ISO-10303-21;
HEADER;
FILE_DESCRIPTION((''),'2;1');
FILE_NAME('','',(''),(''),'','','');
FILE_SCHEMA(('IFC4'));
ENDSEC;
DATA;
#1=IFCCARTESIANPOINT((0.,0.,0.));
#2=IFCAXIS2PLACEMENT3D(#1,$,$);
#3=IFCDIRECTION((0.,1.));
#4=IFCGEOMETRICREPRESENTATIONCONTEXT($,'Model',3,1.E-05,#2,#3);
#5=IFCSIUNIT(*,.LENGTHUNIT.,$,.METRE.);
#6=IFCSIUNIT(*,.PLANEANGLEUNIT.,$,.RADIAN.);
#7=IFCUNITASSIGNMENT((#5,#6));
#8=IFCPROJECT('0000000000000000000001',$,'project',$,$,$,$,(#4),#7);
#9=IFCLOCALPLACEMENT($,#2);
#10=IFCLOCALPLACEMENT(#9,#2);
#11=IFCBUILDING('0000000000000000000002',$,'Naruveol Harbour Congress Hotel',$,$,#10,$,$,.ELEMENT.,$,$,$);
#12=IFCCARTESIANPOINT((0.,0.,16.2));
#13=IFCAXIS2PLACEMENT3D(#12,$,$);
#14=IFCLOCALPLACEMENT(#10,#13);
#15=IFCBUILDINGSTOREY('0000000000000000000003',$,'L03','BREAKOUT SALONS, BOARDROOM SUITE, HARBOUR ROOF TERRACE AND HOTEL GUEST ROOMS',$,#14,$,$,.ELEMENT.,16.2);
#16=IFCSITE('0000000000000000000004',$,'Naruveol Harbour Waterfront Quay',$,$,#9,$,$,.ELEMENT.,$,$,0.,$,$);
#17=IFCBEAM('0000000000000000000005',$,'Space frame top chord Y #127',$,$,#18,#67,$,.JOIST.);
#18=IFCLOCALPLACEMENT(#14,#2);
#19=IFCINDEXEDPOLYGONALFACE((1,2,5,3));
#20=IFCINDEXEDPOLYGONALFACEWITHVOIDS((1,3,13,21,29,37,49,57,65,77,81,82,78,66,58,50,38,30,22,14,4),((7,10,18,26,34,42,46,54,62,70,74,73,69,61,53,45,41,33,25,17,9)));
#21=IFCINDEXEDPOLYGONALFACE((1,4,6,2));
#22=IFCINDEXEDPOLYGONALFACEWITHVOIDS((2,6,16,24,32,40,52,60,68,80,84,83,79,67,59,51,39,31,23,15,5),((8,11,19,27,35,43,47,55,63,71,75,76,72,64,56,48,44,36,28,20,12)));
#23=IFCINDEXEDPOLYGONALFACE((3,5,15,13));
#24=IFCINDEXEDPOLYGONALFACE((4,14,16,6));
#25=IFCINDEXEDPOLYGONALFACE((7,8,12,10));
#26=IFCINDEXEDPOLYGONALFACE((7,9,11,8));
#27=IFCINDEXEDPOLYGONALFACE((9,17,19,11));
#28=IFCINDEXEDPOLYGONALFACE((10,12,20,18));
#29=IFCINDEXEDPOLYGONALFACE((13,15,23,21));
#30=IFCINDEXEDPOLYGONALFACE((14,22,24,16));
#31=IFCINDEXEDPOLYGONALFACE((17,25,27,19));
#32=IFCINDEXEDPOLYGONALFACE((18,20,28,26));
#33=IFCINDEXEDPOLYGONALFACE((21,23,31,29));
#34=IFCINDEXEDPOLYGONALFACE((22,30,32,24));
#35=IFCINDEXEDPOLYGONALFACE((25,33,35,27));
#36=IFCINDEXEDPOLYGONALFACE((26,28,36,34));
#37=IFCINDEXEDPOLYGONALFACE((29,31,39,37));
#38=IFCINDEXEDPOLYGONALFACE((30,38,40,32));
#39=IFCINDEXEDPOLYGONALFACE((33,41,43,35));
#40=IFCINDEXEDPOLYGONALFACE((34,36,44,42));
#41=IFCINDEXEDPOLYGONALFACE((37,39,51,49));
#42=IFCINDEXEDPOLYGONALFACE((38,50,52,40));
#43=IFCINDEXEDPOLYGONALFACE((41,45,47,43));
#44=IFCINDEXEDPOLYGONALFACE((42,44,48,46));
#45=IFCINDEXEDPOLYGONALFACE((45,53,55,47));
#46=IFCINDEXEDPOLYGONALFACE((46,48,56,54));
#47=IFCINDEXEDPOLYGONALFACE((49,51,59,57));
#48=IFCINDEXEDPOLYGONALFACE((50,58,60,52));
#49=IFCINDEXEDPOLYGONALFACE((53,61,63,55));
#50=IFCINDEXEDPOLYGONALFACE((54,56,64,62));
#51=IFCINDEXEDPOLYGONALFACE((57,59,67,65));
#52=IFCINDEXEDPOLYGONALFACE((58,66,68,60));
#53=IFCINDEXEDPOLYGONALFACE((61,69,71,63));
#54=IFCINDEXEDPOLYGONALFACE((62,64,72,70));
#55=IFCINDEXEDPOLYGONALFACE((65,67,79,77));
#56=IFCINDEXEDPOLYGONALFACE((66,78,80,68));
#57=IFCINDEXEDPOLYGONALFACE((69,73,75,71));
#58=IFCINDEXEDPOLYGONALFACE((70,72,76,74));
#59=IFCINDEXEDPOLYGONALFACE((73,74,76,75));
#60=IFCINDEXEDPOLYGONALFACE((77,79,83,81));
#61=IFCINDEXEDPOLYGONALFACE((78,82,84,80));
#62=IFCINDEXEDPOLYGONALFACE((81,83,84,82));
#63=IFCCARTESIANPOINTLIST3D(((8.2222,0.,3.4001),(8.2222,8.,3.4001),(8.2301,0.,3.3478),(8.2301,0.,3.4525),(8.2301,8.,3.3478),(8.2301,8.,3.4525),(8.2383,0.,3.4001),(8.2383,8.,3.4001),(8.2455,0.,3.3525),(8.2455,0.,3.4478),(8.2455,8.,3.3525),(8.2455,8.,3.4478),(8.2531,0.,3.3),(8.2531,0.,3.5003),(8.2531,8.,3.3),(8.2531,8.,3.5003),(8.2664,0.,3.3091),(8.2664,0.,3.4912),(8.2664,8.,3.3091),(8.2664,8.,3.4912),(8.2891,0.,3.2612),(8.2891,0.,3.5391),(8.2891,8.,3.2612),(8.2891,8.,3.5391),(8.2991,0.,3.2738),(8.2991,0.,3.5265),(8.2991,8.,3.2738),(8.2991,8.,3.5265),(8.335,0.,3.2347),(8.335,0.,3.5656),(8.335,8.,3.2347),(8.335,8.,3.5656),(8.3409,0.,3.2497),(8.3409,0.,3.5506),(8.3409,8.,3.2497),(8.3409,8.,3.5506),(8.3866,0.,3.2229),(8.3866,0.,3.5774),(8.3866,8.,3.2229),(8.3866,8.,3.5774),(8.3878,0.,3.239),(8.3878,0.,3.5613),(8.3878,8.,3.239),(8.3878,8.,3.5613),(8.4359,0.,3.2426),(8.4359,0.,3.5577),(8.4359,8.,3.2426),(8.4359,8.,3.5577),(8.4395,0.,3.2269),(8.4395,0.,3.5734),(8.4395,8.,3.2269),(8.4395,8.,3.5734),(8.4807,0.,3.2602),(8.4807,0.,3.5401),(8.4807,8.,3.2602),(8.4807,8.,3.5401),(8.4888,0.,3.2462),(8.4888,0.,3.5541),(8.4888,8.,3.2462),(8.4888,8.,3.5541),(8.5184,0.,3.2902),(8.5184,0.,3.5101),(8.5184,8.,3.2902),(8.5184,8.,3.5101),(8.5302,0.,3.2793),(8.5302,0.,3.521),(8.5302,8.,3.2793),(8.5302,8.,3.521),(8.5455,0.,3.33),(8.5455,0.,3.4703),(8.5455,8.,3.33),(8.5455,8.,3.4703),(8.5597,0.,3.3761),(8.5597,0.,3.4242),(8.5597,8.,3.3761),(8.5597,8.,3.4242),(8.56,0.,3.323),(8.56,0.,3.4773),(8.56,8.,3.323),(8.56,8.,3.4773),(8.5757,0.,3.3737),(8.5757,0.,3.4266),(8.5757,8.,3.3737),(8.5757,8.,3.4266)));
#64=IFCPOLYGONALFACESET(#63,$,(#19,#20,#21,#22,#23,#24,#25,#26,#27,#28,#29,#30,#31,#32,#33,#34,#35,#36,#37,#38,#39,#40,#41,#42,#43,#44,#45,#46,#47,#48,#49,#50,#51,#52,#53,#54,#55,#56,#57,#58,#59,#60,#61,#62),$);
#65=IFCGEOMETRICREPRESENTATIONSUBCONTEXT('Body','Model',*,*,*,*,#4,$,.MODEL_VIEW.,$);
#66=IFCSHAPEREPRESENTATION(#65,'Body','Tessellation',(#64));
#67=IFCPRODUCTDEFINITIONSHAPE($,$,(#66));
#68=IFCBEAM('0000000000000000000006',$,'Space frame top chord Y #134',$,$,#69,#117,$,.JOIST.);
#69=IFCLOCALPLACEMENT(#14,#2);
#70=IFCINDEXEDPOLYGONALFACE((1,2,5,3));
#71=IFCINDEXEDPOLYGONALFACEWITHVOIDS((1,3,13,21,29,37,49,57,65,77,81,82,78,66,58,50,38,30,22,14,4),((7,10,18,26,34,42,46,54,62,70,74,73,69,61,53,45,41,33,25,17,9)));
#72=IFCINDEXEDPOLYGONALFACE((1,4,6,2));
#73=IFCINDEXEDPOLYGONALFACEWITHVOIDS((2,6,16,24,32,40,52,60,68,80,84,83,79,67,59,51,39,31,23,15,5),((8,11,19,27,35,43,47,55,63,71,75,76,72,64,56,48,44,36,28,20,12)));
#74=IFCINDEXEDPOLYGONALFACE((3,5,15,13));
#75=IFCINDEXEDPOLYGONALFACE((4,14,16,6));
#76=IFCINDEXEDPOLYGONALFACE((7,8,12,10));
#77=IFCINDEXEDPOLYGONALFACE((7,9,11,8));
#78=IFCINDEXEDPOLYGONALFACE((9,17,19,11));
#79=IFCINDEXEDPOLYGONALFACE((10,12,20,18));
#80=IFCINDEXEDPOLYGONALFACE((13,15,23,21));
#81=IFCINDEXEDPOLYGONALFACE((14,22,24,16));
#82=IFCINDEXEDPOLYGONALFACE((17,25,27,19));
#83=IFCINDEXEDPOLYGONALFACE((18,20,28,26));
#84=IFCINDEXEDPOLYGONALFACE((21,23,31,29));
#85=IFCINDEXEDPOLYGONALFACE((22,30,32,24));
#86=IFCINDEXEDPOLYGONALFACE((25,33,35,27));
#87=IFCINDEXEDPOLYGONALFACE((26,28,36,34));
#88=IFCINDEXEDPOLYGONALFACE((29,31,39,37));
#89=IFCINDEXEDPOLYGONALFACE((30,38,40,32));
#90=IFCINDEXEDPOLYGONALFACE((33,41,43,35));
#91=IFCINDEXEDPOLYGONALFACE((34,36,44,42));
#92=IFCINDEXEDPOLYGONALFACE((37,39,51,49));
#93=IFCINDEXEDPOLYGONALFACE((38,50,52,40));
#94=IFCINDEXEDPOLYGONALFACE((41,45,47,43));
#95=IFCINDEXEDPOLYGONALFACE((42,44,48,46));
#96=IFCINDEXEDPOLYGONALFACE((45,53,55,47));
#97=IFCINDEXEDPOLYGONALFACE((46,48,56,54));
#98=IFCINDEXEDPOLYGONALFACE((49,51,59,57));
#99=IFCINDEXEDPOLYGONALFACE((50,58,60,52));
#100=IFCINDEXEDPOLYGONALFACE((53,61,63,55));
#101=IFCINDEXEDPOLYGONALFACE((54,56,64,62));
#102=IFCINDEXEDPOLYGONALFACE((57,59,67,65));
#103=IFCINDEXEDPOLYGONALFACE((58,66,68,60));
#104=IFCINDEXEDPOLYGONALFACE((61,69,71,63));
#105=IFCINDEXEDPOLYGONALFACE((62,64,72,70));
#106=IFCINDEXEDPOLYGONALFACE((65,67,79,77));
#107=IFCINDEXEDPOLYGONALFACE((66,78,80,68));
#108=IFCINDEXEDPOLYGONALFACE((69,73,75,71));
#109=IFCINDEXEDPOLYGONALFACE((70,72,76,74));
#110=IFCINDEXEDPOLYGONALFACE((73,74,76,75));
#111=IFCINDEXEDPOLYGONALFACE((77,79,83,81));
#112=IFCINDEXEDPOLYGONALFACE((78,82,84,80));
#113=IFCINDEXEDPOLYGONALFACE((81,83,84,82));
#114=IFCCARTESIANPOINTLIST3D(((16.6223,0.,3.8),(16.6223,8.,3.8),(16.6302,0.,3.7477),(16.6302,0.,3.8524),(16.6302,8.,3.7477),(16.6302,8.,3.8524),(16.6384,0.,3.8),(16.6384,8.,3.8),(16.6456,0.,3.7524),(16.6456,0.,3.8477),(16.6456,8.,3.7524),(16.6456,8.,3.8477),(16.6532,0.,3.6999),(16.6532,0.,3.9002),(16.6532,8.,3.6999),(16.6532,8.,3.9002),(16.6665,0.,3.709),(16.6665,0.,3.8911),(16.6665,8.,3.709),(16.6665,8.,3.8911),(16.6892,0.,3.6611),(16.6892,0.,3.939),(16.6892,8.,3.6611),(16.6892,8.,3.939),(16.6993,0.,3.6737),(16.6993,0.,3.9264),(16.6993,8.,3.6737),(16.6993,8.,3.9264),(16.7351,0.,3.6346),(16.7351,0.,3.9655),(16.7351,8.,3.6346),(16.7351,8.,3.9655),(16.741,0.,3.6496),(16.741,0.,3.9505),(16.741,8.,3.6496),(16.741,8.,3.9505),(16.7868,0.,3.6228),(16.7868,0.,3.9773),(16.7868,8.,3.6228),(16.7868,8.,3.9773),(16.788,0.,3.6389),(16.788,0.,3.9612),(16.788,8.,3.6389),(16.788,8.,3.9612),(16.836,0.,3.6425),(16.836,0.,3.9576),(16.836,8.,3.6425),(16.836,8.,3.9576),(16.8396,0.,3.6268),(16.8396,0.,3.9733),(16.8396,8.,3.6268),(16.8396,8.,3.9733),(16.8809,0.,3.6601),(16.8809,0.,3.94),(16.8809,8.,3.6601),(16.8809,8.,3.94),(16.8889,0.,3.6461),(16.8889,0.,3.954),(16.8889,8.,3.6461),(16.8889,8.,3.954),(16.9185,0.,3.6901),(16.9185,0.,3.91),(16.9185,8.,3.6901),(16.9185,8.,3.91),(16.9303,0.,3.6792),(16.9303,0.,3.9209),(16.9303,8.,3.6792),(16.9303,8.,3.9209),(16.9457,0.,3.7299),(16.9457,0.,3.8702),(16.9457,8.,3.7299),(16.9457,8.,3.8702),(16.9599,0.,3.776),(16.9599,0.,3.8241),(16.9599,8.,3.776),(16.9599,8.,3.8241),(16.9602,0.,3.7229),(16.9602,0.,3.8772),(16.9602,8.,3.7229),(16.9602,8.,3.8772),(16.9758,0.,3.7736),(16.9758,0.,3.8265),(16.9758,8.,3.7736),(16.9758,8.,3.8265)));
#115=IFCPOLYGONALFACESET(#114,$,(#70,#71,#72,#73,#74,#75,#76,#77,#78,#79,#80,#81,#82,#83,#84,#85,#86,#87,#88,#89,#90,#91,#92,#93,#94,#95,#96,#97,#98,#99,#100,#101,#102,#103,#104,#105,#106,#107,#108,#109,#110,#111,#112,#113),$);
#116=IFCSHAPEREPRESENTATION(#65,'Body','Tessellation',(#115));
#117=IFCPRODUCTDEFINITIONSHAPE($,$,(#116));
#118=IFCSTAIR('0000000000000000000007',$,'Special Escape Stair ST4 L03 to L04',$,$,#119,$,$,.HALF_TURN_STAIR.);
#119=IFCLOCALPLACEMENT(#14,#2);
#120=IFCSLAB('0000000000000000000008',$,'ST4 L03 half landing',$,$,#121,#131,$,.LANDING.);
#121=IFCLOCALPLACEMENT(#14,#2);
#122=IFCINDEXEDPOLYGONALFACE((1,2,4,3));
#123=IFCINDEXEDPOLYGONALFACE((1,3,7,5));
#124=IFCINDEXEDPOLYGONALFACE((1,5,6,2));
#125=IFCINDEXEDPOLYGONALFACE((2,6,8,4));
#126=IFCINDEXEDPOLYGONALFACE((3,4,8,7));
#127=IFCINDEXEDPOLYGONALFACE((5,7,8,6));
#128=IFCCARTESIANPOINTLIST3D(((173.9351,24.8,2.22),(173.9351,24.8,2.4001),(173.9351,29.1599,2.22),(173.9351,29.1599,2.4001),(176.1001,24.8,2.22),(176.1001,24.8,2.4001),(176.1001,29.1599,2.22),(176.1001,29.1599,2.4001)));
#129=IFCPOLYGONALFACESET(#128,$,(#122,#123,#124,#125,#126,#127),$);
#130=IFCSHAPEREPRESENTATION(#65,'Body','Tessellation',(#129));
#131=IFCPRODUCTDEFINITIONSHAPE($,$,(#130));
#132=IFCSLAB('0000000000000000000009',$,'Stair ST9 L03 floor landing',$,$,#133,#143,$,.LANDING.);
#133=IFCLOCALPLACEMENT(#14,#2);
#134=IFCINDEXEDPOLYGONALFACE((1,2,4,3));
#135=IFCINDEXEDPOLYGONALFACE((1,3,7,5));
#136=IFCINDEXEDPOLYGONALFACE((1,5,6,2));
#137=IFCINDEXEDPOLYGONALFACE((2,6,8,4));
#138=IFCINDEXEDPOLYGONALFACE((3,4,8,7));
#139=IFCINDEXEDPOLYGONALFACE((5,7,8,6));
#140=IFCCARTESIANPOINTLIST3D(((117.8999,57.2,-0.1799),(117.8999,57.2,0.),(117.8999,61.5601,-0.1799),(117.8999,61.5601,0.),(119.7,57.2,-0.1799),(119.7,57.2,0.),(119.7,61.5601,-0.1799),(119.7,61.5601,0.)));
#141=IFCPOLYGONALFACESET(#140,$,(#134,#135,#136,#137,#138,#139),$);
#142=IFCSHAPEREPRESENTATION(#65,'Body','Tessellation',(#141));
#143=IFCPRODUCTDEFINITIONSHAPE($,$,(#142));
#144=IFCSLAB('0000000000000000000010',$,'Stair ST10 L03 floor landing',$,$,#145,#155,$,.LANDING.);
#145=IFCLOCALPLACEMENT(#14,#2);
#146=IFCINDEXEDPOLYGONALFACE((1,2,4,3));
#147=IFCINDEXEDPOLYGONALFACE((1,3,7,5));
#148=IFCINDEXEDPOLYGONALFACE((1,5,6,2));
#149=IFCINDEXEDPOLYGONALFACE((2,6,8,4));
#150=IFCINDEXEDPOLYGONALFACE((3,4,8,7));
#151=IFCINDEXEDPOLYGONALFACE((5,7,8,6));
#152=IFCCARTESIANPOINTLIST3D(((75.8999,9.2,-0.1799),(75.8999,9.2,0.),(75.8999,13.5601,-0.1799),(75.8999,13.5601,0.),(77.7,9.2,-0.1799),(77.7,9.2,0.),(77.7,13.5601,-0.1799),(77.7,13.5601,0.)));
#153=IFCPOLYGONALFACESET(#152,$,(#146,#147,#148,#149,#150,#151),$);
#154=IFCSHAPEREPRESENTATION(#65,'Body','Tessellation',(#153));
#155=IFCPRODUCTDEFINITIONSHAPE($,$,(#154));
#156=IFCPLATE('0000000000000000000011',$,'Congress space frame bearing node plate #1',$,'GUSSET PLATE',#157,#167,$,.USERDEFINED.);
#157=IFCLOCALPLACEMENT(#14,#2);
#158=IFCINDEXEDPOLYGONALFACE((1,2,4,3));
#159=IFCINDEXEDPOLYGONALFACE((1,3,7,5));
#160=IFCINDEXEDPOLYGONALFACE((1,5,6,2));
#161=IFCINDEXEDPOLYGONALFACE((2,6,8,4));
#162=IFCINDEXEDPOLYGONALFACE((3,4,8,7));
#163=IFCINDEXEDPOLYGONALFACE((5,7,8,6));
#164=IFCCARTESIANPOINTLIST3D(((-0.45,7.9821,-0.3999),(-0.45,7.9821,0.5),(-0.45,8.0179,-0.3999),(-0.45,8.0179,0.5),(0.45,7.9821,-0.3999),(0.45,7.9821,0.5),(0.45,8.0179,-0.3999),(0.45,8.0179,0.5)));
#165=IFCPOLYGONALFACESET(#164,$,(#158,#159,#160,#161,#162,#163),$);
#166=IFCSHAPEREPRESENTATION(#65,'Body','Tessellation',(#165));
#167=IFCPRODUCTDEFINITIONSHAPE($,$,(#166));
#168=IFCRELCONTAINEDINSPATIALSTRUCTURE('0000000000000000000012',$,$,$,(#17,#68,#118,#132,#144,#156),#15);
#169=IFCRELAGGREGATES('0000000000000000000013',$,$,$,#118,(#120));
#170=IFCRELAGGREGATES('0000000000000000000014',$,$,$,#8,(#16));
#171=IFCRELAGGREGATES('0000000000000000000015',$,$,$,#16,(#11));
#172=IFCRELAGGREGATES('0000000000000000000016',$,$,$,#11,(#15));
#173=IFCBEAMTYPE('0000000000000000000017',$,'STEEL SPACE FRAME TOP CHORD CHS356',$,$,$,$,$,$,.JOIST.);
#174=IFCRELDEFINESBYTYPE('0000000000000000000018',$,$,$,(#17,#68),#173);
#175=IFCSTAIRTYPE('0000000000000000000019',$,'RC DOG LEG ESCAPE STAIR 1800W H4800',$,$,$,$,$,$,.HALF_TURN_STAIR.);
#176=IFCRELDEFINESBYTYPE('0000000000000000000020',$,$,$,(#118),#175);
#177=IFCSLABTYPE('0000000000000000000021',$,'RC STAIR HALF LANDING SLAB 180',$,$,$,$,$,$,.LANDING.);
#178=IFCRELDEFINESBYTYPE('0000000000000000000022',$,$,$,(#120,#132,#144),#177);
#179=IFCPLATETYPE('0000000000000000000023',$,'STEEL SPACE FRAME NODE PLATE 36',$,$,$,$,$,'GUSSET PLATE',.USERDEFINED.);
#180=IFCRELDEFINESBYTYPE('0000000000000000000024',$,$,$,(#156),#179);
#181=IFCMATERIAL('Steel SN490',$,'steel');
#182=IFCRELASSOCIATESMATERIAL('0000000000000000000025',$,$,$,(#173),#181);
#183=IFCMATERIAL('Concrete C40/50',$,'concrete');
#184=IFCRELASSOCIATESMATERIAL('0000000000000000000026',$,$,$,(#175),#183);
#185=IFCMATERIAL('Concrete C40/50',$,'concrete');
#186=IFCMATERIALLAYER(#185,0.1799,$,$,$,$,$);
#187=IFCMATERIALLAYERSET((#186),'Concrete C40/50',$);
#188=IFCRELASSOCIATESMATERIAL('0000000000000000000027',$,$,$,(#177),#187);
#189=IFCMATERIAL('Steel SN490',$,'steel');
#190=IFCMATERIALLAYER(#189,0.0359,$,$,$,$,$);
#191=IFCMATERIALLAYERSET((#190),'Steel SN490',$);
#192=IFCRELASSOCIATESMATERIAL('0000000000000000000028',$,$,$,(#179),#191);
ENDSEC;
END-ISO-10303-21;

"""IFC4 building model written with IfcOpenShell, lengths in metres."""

from ifc_helpers import new_model, si_unit, direction, frame, origin, origin_2d, place, context, subcontext, project, spatial, polyline, rectangle, hollow_circle, outline, extrude, material, layer, layer_set, material_profile, profile_set, type_object, element, aggregate, save


model = new_model("IFC4")

# Units and contexts
model_context = context("Model", 3, precision=1e-05, world=origin(), true_north=direction((0.0, 1.0)))
body_context = subcontext(model_context, "Body", "Model", "MODEL_VIEW")
ifc_project = project(units=[si_unit("LENGTHUNIT", "METRE"), si_unit("PLANEANGLEUNIT", "RADIAN")], contexts=[model_context])

# Site, building, storey
site_placement = place(None, origin())
site = spatial("IfcSite", under=ifc_project, at=site_placement, Name="Naruveol Harbour Waterfront Quay", CompositionType="ELEMENT", RefElevation=0.0)
building_placement = place(site_placement, origin())
building = spatial("IfcBuilding", under=site, at=building_placement, Name="Naruveol Harbour Congress Hotel", CompositionType="ELEMENT")
storey_placement = place(building_placement, frame((0.0, 0.0, 16.2)))
storey = spatial("IfcBuildingStorey", under=building, at=storey_placement, Name="L03", Description="BREAKOUT SALONS, BOARDROOM SUITE, HARBOUR ROOF TERRACE AND HOTEL GUEST ROOMS", CompositionType="ELEMENT", Elevation=16.2)

# Beams
ifc_material_1 = material(Name="Steel SN490", Category="steel")
ifc_material_profile_1 = material_profile(ifc_material_1, hollow_circle(Radius=0.1777, WallThickness=0.0161, at=origin_2d()), Name="CHS-355.6x16")
ifc_profile_set_1 = profile_set([ifc_material_profile_1], Name="Steel SN490")
beam_type_1 = type_object("IfcBeamType", Name="STEEL SPACE FRAME TOP CHORD CHS356", PredefinedType="JOIST", material=ifc_profile_set_1)
for number, where, z_axis, x_axis, name in (
    (1, (8.3999, 0.0, 3.4001), (0.0, 1.0, 0.0), (-1.0, 0.0, 0.0), "Space frame top chord Y #127"),
    (2, (16.8, 0.0, 3.8), (0.0, 1.0, 0.0), (-1.0, 0.0, 0.0), "Space frame top chord Y #134"),
):
    element("IfcBeam", number, at=place(storey_placement, frame(where, z_axis=z_axis, x_axis=x_axis)), inside=storey, type_object=beam_type_1, Name=name, PredefinedType="JOIST", context=body_context, shape_type="SweptSolid", body=[
        extrude(hollow_circle(Radius=0.1777, WallThickness=0.0161, at=origin_2d()), origin(), (0.0, 0.0, 1.0), 8.0),
    ])

# Stair, slab
ifc_material_2 = material(Name="Concrete C40/50", Category="concrete")
stair_type = type_object("IfcStairType", Name="RC DOG LEG ESCAPE STAIR 1800W H4800", PredefinedType="HALF_TURN_STAIR", material=ifc_material_2)
stair_placement = place(storey_placement, origin())
stair = element("IfcStair", 3, at=stair_placement, inside=storey, type_object=stair_type, Name="Special Escape Stair ST4 L03 to L04", PredefinedType="HALF_TURN_STAIR")
ifc_material_3 = material(Name="Concrete C40/50", Category="concrete")
ifc_layer_1 = layer(ifc_material_3, 0.1799)
ifc_layer_set_1 = layer_set([ifc_layer_1], Name="Concrete C40/50")
slab_type = type_object("IfcSlabType", Name="RC STAIR HALF LANDING SLAB 180", PredefinedType="LANDING", material=ifc_layer_set_1)
slab_1_placement = place(storey_placement, frame((0.0, 0.0, 2.22)))
slab_1 = element("IfcSlab", 4, at=slab_1_placement, type_object=slab_type, Name="ST4 L03 half landing", PredefinedType="LANDING", context=body_context, shape_type="SweptSolid", body=[
    extrude(outline(polyline([(173.9351, 24.8), (176.1001, 24.8), (176.1001, 29.1599), (173.9351, 29.1599), (173.9351, 24.8)])), origin(), (0.0, 0.0, 1.0), 0.1802),
])
aggregate(stair, [slab_1])

# Slabs
slab_2_placement = place(storey_placement, frame((0.0, 0.0, -0.1799)))
element("IfcSlab", 5, at=slab_2_placement, inside=storey, type_object=slab_type, Name="Stair ST9 L03 floor landing", PredefinedType="LANDING", context=body_context, shape_type="SweptSolid", body=[
    extrude(outline(polyline([(117.8999, 57.2), (119.7, 57.2), (119.7, 61.5601), (117.8999, 61.5601), (117.8999, 57.2)])), origin(), (0.0, 0.0, 1.0), 0.1799),
])
slab_3_placement = place(storey_placement, frame((0.0, 0.0, -0.1799)))
element("IfcSlab", 6, at=slab_3_placement, inside=storey, type_object=slab_type, Name="Stair ST10 L03 floor landing", PredefinedType="LANDING", context=body_context, shape_type="SweptSolid", body=[
    extrude(outline(polyline([(75.8999, 9.2), (77.7, 9.2), (77.7, 13.5601), (75.8999, 13.5601), (75.8999, 9.2)])), origin(), (0.0, 0.0, 1.0), 0.1799),
])

# Plate
ifc_material_4 = material(Name="Steel SN490", Category="steel")
ifc_layer_2 = layer(ifc_material_4, 0.0359)
ifc_layer_set_2 = layer_set([ifc_layer_2], Name="Steel SN490")
plate_type = type_object("IfcPlateType", Name="STEEL SPACE FRAME NODE PLATE 36", ElementType="GUSSET PLATE", PredefinedType="USERDEFINED", material=ifc_layer_set_2)
plate_placement = place(storey_placement, frame((0.0, 8.0, -0.3999), z_axis=(0.0, 0.0, 1.0), x_axis=(1.0, 0.0, 0.0)))
element("IfcPlate", 7, at=plate_placement, inside=storey, type_object=plate_type, Name="Congress space frame bearing node plate #1", ObjectType="GUSSET PLATE", PredefinedType="USERDEFINED", context=body_context, shape_type="SweptSolid", body=[
    extrude(rectangle(XDim=0.8999, YDim=0.0359, at=origin_2d()), origin(), (0.0, 0.0, 1.0), 0.8999),
])

save(model, "model.ifc")
